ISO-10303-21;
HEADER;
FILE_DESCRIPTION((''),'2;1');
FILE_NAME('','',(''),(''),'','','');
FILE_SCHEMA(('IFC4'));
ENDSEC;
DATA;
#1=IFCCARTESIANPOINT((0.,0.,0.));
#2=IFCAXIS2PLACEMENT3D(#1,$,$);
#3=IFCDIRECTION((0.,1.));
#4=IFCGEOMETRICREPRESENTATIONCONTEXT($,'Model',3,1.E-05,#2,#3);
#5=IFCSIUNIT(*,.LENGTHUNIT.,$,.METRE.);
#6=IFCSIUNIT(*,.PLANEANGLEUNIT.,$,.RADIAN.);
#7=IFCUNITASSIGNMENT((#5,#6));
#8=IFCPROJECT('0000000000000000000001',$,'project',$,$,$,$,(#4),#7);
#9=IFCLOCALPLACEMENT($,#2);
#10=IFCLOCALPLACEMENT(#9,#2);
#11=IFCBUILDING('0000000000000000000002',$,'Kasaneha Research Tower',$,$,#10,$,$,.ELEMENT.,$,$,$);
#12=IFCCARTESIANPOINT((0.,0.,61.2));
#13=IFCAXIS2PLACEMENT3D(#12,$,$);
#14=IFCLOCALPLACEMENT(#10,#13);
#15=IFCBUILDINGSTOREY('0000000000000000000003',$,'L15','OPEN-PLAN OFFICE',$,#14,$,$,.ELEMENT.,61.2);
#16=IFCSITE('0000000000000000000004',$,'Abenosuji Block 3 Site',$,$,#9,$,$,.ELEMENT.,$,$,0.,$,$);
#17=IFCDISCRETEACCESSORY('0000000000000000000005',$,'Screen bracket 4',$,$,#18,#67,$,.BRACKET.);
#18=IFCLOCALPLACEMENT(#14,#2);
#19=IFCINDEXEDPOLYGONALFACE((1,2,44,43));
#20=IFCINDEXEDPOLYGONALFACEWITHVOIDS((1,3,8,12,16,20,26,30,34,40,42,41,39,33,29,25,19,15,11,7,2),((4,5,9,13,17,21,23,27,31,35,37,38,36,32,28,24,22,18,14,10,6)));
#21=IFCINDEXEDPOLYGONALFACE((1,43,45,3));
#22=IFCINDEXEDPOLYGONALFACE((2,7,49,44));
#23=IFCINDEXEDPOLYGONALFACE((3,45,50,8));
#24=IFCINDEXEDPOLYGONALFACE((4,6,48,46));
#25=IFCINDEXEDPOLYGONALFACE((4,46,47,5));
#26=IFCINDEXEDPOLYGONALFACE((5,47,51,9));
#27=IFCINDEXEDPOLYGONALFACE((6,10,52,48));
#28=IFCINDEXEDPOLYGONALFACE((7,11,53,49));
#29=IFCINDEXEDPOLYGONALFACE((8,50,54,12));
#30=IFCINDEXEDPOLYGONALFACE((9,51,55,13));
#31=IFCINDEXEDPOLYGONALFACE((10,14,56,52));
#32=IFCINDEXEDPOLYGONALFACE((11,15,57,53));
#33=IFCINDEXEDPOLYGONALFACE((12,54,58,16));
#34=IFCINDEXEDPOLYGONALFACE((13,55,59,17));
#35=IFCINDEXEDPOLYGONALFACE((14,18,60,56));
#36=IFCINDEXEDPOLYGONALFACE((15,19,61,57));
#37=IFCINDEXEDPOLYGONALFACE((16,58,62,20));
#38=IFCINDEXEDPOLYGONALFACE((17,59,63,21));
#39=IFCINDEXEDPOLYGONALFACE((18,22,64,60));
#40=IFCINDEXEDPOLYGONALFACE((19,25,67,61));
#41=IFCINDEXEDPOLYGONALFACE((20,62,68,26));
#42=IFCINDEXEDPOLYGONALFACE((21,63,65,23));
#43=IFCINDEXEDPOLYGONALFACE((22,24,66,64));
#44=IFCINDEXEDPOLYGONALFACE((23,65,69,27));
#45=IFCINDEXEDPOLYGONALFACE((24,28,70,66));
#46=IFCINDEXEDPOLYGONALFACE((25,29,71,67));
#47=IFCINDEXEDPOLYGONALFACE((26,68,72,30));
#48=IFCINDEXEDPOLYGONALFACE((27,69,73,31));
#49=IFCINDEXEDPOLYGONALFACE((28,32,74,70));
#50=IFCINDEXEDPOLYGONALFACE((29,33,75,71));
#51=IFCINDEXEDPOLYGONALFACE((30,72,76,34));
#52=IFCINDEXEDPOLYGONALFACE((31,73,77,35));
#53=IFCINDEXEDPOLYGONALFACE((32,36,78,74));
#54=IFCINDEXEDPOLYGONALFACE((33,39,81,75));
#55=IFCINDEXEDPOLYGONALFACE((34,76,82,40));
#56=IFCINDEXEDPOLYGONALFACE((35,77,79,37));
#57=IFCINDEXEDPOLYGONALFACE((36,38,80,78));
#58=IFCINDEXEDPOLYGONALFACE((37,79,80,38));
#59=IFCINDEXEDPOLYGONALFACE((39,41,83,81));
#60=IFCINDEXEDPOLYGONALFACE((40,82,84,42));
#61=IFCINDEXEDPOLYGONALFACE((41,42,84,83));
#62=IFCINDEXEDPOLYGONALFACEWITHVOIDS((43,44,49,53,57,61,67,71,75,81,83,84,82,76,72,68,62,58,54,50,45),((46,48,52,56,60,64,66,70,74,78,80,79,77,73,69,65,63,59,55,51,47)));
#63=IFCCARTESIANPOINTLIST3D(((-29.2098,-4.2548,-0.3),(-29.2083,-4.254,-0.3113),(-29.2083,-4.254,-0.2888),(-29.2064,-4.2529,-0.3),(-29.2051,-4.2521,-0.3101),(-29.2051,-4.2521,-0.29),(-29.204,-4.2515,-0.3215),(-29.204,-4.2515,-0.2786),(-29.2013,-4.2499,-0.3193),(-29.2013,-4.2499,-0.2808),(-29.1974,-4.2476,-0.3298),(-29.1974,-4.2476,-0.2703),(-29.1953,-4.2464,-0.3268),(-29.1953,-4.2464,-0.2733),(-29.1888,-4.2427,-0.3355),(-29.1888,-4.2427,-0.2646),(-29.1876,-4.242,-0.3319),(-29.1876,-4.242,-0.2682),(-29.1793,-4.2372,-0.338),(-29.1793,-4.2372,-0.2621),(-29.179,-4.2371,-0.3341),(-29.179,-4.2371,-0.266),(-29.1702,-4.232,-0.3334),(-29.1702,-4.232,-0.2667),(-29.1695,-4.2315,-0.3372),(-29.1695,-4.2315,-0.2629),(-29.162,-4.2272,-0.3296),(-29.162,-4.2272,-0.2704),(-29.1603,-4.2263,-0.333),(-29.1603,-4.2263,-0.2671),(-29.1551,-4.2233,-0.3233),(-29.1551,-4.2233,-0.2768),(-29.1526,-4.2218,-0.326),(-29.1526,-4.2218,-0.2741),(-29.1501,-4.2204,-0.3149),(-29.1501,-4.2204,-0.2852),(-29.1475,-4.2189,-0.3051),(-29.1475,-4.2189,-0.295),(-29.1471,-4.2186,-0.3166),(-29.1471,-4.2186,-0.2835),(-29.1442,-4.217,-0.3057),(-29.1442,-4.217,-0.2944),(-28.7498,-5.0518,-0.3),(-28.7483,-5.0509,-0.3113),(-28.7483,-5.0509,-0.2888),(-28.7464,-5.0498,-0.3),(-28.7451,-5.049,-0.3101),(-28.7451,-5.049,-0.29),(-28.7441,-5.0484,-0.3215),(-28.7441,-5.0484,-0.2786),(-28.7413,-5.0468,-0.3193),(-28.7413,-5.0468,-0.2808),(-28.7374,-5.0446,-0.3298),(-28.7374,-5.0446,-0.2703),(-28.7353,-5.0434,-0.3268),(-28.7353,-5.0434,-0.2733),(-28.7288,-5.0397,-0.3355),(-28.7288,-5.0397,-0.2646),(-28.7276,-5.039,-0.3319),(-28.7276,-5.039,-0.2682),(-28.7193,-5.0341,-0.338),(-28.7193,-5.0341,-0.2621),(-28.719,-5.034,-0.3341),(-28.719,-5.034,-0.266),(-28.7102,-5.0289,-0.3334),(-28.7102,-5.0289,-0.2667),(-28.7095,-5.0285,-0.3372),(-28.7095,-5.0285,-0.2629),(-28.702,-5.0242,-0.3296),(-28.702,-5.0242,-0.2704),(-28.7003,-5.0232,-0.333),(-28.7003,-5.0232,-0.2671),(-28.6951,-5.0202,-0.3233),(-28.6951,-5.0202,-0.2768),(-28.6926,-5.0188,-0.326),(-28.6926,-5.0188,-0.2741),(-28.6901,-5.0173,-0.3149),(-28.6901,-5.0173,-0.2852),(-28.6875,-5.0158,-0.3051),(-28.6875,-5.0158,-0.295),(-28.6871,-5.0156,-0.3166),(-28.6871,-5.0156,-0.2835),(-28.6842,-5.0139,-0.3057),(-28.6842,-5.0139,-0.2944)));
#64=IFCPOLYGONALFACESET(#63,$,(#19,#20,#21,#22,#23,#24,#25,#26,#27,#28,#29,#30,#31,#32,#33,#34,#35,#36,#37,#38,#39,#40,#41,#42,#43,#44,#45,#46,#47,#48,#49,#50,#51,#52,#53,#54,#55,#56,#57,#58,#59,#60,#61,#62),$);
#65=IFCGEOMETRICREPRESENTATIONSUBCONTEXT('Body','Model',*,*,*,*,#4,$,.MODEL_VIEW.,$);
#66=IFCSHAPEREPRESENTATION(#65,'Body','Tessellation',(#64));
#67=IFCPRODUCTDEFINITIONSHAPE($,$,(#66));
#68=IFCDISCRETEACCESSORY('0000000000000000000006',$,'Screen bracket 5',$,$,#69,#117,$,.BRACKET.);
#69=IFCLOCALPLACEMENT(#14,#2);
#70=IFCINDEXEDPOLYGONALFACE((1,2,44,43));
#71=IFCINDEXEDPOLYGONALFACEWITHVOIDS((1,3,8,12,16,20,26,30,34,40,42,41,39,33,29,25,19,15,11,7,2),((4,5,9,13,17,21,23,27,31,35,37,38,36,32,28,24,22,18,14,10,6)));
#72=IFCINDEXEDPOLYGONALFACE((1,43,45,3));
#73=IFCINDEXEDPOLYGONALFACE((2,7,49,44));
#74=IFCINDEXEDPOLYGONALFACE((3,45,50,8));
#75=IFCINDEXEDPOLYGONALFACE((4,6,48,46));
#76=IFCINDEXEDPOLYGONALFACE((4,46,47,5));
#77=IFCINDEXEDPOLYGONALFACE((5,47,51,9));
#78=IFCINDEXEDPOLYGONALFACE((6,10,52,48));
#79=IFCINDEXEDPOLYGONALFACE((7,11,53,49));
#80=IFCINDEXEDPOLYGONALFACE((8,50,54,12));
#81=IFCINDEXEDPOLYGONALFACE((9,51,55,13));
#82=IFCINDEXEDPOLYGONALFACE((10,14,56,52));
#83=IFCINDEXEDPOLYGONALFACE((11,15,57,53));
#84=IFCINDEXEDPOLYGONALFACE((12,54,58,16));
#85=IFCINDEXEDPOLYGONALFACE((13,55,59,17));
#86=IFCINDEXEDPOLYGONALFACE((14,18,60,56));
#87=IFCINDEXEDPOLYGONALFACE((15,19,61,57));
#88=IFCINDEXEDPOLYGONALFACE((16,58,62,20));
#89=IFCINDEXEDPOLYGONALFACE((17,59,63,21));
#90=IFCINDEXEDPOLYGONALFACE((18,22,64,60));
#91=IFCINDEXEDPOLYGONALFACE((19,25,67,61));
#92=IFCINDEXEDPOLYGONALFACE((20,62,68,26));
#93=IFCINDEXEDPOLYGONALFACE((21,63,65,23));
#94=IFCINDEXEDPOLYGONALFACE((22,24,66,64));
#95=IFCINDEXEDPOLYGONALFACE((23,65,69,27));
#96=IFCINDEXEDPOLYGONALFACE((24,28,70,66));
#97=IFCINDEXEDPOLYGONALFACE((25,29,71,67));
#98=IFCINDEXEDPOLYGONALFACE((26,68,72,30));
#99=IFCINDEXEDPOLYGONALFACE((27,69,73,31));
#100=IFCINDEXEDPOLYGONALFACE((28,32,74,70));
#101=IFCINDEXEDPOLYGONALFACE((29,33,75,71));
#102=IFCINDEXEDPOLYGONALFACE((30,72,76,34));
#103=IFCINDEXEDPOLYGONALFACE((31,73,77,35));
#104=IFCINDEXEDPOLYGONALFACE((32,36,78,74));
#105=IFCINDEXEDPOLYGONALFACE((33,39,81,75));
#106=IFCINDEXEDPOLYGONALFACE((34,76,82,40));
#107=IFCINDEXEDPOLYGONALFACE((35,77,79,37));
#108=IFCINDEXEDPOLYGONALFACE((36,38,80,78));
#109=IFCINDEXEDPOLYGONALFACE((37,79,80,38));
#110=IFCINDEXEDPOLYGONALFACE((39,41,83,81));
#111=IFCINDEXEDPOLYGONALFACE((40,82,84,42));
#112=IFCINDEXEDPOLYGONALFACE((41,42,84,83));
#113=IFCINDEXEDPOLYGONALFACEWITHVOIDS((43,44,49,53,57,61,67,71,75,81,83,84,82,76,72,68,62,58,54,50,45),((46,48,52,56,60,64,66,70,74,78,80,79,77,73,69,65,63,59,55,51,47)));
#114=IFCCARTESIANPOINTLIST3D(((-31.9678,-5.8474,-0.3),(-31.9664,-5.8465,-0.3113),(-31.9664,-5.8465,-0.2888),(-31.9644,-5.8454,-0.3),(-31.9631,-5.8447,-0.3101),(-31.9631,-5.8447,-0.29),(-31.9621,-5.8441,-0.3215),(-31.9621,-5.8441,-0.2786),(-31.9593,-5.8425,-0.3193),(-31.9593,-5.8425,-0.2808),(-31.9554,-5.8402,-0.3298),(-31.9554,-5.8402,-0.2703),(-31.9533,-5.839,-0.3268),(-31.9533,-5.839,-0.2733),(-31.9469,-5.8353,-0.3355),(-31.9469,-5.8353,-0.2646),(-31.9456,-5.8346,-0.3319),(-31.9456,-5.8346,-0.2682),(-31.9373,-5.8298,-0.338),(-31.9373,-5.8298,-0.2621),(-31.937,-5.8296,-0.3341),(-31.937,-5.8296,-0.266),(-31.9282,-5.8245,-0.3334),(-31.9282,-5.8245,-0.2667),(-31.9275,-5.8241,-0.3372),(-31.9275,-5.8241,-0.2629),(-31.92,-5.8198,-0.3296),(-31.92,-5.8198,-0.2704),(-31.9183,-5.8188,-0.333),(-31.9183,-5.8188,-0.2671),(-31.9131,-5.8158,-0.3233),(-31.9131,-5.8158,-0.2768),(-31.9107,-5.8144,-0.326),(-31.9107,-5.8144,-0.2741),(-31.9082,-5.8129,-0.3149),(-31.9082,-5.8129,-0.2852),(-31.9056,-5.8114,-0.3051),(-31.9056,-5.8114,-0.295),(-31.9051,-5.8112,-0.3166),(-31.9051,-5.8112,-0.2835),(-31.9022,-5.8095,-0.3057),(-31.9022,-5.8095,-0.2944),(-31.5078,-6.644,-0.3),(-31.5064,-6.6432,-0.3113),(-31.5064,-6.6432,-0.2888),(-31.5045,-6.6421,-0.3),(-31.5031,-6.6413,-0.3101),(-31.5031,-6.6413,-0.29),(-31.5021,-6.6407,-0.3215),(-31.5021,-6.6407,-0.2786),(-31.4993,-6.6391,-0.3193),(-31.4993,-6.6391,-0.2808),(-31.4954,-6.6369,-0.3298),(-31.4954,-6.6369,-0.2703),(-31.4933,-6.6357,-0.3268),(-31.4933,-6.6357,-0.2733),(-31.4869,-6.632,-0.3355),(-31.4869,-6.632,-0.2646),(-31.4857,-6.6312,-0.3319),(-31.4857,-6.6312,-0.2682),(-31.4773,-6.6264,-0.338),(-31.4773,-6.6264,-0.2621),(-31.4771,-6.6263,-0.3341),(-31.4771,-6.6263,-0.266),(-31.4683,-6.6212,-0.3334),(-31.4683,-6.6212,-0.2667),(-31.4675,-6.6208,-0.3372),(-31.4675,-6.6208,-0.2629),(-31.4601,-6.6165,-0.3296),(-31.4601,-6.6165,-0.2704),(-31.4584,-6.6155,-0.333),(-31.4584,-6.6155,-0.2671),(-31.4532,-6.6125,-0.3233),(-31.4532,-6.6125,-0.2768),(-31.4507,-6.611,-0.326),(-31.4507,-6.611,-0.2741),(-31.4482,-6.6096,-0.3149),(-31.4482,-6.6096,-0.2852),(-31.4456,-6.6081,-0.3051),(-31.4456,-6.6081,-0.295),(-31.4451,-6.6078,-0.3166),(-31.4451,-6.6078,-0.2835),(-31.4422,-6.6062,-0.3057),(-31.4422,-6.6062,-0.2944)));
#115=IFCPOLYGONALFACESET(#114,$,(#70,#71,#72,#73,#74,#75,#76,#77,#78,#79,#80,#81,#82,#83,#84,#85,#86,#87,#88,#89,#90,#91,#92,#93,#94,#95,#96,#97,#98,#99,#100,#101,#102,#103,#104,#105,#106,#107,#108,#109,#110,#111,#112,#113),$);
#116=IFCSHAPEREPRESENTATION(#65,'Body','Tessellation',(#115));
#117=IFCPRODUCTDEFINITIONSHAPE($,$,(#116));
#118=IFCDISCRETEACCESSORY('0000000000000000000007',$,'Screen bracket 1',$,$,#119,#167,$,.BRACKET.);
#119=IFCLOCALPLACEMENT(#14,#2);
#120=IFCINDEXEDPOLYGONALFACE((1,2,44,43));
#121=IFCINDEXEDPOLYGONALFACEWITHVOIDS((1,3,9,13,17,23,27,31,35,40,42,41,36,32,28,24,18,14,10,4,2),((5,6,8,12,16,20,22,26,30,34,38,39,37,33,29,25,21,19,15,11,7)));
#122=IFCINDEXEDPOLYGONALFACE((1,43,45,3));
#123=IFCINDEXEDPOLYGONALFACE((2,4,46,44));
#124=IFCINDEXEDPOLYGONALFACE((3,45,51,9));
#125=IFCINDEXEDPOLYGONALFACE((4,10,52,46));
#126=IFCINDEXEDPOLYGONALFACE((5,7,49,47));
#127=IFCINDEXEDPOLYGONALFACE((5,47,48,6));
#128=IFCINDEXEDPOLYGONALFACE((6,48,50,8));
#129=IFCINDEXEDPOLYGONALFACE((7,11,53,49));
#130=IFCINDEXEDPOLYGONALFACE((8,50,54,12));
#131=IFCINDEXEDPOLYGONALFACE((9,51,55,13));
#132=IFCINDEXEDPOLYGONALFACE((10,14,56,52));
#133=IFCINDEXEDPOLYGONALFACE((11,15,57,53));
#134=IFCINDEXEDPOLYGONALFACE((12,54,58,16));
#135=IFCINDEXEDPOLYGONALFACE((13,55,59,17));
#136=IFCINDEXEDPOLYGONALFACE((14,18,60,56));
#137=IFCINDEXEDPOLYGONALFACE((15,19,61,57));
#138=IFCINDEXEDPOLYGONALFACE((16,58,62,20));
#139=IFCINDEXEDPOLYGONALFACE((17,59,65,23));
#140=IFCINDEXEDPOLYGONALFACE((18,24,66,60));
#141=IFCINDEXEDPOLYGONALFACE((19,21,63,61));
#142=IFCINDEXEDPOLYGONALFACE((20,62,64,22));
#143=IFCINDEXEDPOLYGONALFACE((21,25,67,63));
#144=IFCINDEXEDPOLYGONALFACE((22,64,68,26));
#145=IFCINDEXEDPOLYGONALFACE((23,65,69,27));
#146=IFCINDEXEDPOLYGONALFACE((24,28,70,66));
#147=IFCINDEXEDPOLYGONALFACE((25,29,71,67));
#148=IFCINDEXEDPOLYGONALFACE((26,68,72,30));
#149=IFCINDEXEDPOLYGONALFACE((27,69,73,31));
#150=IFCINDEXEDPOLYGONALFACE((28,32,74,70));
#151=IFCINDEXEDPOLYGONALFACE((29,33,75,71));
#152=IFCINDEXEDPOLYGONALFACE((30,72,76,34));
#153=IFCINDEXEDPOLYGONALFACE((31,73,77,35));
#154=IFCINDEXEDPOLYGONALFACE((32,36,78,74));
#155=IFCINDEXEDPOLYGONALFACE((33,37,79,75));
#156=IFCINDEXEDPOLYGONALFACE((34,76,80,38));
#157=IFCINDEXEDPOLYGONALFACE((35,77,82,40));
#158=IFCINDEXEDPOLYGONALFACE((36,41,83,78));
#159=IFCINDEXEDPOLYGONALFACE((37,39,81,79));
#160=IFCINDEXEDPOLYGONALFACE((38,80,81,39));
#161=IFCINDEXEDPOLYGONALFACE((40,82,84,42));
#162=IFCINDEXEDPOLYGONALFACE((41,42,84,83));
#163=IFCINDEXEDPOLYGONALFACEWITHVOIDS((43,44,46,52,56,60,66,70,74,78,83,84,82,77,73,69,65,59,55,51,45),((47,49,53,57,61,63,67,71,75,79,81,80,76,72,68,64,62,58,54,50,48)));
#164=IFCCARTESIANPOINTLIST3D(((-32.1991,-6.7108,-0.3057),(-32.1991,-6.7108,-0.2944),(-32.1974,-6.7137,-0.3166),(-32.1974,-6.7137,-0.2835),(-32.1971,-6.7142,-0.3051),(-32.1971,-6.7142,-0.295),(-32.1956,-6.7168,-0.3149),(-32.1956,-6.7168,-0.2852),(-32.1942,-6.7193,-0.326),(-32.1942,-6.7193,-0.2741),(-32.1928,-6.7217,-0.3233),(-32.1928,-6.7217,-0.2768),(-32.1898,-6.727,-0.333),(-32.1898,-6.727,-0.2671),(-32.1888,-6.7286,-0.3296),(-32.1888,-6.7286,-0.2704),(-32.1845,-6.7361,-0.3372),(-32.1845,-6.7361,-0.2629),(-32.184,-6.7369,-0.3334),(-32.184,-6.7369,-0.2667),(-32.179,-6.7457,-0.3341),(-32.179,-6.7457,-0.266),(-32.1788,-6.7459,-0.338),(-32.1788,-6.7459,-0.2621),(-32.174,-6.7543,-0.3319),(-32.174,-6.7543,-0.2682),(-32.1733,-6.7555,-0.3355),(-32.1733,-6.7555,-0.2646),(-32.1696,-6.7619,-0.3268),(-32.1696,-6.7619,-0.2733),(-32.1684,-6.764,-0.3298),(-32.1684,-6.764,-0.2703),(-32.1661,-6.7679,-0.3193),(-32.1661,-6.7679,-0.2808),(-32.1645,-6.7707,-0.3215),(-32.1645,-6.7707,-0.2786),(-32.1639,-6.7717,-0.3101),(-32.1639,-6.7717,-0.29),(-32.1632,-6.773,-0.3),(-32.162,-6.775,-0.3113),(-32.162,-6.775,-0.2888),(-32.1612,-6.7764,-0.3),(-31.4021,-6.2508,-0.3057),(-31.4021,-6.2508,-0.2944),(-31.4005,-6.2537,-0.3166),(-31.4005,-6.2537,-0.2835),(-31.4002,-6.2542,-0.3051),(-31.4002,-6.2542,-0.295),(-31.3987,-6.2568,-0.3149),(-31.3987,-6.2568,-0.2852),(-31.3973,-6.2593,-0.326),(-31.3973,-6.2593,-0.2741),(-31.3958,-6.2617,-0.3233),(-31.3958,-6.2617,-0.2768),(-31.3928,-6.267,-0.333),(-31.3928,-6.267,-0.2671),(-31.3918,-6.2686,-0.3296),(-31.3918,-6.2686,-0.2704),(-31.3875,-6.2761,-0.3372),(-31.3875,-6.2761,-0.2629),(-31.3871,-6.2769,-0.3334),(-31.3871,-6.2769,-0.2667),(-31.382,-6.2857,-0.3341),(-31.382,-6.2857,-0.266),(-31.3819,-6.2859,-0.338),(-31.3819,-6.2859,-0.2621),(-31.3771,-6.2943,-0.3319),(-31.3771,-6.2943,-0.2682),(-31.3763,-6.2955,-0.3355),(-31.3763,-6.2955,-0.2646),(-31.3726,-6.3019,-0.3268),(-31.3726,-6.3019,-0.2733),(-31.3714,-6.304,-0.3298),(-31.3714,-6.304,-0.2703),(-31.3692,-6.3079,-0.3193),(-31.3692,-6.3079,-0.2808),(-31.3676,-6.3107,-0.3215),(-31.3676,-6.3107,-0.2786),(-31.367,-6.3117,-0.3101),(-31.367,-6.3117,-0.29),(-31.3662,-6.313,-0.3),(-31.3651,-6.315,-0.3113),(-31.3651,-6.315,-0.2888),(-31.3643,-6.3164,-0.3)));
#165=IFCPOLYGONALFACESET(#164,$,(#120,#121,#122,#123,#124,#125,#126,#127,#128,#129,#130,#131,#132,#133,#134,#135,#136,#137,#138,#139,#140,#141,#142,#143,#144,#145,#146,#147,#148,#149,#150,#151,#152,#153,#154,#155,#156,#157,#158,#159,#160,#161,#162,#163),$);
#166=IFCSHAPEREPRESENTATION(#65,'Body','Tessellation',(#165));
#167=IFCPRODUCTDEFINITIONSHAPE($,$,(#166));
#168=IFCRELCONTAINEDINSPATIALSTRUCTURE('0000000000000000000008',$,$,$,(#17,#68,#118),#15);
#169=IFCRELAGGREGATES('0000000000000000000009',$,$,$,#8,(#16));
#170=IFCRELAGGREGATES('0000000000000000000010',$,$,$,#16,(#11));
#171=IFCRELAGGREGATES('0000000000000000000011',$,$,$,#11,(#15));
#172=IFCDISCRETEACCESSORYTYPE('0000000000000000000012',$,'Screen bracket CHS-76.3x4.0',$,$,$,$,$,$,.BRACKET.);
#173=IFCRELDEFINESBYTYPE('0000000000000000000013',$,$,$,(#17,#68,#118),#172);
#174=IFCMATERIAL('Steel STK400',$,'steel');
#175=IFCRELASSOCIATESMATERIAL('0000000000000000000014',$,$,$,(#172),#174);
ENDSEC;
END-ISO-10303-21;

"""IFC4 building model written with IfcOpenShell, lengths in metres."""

from ifc_helpers import new_model, si_unit, direction, frame, origin, origin_2d, place, context, subcontext, project, spatial, hollow_circle, extrude, material, material_profile, profile_set, type_object, element, save


model = new_model("IFC4")

# Units and contexts
model_context = context("Model", 3, precision=1e-05, world=origin(), true_north=direction((0.0, 1.0)))
body_context = subcontext(model_context, "Body", "Model", "MODEL_VIEW")
ifc_project = project(units=[si_unit("LENGTHUNIT", "METRE"), si_unit("PLANEANGLEUNIT", "RADIAN")], contexts=[model_context])

# Site, building, storey
site_placement = place(None, origin())
site = spatial("IfcSite", under=ifc_project, at=site_placement, Name="Abenosuji Block 3 Site", CompositionType="ELEMENT", RefElevation=0.0)
building_placement = place(site_placement, origin())
building = spatial("IfcBuilding", under=site, at=building_placement, Name="Kasaneha Research Tower", CompositionType="ELEMENT")
storey_placement = place(building_placement, frame((0.0, 0.0, 61.2)))
storey = spatial("IfcBuildingStorey", under=building, at=storey_placement, Name="L15", Description="OPEN-PLAN OFFICE", CompositionType="ELEMENT", Elevation=61.2)

# Discrete accessories
ifc_material_1 = material(Name="Steel STK400", Category="steel")
ifc_material_profile_1 = material_profile(ifc_material_1, hollow_circle(Radius=0.0381, WallThickness=0.0039, at=origin_2d()), Name="CHS-76.3x4.0")
ifc_profile_set_1 = profile_set([ifc_material_profile_1], Name="Steel STK400")
discrete_accessory_type = type_object("IfcDiscreteAccessoryType", Name="Screen bracket CHS-76.3x4.0", PredefinedType="BRACKET", material=ifc_profile_set_1)
discrete_accessory_1_placement = place(storey_placement, frame((-28.7168, -5.0327, -0.3), z_axis=(-0.499906, 0.86608, 0.0), x_axis=(-0.86608, -0.499906, 0.0)))
element("IfcDiscreteAccessory", 1, at=discrete_accessory_1_placement, inside=storey, type_object=discrete_accessory_type, Name="Screen bracket 4", PredefinedType="BRACKET", context=body_context, shape_type="SweptSolid", body=[
    extrude(hollow_circle(Radius=0.0381, WallThickness=0.0039, at=origin_2d()), origin(), (0.0, 0.0, 1.0), 0.9202),
])
discrete_accessory_2_placement = place(storey_placement, frame((-31.4749, -6.625, -0.3), z_axis=(-0.500021, 0.866013, 0.0), x_axis=(-0.866013, -0.500021, 0.0)))
element("IfcDiscreteAccessory", 2, at=discrete_accessory_2_placement, inside=storey, type_object=discrete_accessory_type, Name="Screen bracket 5", PredefinedType="BRACKET", context=body_context, shape_type="SweptSolid", body=[
    extrude(hollow_circle(Radius=0.0381, WallThickness=0.0039, at=origin_2d()), origin(), (0.0, 0.0, 1.0), 0.9199),
])
discrete_accessory_3_placement = place(storey_placement, frame((-31.3833, -6.2834, -0.3), z_axis=(-0.86608, -0.499906, 0.0), x_axis=(0.499906, -0.86608, 0.0)))
element("IfcDiscreteAccessory", 3, at=discrete_accessory_3_placement, inside=storey, type_object=discrete_accessory_type, Name="Screen bracket 1", PredefinedType="BRACKET", context=body_context, shape_type="SweptSolid", body=[
    extrude(hollow_circle(Radius=0.0381, WallThickness=0.0039, at=origin_2d()), origin(), (0.0, 0.0, 1.0), 0.9202),
])

save(model, "model.ifc")
